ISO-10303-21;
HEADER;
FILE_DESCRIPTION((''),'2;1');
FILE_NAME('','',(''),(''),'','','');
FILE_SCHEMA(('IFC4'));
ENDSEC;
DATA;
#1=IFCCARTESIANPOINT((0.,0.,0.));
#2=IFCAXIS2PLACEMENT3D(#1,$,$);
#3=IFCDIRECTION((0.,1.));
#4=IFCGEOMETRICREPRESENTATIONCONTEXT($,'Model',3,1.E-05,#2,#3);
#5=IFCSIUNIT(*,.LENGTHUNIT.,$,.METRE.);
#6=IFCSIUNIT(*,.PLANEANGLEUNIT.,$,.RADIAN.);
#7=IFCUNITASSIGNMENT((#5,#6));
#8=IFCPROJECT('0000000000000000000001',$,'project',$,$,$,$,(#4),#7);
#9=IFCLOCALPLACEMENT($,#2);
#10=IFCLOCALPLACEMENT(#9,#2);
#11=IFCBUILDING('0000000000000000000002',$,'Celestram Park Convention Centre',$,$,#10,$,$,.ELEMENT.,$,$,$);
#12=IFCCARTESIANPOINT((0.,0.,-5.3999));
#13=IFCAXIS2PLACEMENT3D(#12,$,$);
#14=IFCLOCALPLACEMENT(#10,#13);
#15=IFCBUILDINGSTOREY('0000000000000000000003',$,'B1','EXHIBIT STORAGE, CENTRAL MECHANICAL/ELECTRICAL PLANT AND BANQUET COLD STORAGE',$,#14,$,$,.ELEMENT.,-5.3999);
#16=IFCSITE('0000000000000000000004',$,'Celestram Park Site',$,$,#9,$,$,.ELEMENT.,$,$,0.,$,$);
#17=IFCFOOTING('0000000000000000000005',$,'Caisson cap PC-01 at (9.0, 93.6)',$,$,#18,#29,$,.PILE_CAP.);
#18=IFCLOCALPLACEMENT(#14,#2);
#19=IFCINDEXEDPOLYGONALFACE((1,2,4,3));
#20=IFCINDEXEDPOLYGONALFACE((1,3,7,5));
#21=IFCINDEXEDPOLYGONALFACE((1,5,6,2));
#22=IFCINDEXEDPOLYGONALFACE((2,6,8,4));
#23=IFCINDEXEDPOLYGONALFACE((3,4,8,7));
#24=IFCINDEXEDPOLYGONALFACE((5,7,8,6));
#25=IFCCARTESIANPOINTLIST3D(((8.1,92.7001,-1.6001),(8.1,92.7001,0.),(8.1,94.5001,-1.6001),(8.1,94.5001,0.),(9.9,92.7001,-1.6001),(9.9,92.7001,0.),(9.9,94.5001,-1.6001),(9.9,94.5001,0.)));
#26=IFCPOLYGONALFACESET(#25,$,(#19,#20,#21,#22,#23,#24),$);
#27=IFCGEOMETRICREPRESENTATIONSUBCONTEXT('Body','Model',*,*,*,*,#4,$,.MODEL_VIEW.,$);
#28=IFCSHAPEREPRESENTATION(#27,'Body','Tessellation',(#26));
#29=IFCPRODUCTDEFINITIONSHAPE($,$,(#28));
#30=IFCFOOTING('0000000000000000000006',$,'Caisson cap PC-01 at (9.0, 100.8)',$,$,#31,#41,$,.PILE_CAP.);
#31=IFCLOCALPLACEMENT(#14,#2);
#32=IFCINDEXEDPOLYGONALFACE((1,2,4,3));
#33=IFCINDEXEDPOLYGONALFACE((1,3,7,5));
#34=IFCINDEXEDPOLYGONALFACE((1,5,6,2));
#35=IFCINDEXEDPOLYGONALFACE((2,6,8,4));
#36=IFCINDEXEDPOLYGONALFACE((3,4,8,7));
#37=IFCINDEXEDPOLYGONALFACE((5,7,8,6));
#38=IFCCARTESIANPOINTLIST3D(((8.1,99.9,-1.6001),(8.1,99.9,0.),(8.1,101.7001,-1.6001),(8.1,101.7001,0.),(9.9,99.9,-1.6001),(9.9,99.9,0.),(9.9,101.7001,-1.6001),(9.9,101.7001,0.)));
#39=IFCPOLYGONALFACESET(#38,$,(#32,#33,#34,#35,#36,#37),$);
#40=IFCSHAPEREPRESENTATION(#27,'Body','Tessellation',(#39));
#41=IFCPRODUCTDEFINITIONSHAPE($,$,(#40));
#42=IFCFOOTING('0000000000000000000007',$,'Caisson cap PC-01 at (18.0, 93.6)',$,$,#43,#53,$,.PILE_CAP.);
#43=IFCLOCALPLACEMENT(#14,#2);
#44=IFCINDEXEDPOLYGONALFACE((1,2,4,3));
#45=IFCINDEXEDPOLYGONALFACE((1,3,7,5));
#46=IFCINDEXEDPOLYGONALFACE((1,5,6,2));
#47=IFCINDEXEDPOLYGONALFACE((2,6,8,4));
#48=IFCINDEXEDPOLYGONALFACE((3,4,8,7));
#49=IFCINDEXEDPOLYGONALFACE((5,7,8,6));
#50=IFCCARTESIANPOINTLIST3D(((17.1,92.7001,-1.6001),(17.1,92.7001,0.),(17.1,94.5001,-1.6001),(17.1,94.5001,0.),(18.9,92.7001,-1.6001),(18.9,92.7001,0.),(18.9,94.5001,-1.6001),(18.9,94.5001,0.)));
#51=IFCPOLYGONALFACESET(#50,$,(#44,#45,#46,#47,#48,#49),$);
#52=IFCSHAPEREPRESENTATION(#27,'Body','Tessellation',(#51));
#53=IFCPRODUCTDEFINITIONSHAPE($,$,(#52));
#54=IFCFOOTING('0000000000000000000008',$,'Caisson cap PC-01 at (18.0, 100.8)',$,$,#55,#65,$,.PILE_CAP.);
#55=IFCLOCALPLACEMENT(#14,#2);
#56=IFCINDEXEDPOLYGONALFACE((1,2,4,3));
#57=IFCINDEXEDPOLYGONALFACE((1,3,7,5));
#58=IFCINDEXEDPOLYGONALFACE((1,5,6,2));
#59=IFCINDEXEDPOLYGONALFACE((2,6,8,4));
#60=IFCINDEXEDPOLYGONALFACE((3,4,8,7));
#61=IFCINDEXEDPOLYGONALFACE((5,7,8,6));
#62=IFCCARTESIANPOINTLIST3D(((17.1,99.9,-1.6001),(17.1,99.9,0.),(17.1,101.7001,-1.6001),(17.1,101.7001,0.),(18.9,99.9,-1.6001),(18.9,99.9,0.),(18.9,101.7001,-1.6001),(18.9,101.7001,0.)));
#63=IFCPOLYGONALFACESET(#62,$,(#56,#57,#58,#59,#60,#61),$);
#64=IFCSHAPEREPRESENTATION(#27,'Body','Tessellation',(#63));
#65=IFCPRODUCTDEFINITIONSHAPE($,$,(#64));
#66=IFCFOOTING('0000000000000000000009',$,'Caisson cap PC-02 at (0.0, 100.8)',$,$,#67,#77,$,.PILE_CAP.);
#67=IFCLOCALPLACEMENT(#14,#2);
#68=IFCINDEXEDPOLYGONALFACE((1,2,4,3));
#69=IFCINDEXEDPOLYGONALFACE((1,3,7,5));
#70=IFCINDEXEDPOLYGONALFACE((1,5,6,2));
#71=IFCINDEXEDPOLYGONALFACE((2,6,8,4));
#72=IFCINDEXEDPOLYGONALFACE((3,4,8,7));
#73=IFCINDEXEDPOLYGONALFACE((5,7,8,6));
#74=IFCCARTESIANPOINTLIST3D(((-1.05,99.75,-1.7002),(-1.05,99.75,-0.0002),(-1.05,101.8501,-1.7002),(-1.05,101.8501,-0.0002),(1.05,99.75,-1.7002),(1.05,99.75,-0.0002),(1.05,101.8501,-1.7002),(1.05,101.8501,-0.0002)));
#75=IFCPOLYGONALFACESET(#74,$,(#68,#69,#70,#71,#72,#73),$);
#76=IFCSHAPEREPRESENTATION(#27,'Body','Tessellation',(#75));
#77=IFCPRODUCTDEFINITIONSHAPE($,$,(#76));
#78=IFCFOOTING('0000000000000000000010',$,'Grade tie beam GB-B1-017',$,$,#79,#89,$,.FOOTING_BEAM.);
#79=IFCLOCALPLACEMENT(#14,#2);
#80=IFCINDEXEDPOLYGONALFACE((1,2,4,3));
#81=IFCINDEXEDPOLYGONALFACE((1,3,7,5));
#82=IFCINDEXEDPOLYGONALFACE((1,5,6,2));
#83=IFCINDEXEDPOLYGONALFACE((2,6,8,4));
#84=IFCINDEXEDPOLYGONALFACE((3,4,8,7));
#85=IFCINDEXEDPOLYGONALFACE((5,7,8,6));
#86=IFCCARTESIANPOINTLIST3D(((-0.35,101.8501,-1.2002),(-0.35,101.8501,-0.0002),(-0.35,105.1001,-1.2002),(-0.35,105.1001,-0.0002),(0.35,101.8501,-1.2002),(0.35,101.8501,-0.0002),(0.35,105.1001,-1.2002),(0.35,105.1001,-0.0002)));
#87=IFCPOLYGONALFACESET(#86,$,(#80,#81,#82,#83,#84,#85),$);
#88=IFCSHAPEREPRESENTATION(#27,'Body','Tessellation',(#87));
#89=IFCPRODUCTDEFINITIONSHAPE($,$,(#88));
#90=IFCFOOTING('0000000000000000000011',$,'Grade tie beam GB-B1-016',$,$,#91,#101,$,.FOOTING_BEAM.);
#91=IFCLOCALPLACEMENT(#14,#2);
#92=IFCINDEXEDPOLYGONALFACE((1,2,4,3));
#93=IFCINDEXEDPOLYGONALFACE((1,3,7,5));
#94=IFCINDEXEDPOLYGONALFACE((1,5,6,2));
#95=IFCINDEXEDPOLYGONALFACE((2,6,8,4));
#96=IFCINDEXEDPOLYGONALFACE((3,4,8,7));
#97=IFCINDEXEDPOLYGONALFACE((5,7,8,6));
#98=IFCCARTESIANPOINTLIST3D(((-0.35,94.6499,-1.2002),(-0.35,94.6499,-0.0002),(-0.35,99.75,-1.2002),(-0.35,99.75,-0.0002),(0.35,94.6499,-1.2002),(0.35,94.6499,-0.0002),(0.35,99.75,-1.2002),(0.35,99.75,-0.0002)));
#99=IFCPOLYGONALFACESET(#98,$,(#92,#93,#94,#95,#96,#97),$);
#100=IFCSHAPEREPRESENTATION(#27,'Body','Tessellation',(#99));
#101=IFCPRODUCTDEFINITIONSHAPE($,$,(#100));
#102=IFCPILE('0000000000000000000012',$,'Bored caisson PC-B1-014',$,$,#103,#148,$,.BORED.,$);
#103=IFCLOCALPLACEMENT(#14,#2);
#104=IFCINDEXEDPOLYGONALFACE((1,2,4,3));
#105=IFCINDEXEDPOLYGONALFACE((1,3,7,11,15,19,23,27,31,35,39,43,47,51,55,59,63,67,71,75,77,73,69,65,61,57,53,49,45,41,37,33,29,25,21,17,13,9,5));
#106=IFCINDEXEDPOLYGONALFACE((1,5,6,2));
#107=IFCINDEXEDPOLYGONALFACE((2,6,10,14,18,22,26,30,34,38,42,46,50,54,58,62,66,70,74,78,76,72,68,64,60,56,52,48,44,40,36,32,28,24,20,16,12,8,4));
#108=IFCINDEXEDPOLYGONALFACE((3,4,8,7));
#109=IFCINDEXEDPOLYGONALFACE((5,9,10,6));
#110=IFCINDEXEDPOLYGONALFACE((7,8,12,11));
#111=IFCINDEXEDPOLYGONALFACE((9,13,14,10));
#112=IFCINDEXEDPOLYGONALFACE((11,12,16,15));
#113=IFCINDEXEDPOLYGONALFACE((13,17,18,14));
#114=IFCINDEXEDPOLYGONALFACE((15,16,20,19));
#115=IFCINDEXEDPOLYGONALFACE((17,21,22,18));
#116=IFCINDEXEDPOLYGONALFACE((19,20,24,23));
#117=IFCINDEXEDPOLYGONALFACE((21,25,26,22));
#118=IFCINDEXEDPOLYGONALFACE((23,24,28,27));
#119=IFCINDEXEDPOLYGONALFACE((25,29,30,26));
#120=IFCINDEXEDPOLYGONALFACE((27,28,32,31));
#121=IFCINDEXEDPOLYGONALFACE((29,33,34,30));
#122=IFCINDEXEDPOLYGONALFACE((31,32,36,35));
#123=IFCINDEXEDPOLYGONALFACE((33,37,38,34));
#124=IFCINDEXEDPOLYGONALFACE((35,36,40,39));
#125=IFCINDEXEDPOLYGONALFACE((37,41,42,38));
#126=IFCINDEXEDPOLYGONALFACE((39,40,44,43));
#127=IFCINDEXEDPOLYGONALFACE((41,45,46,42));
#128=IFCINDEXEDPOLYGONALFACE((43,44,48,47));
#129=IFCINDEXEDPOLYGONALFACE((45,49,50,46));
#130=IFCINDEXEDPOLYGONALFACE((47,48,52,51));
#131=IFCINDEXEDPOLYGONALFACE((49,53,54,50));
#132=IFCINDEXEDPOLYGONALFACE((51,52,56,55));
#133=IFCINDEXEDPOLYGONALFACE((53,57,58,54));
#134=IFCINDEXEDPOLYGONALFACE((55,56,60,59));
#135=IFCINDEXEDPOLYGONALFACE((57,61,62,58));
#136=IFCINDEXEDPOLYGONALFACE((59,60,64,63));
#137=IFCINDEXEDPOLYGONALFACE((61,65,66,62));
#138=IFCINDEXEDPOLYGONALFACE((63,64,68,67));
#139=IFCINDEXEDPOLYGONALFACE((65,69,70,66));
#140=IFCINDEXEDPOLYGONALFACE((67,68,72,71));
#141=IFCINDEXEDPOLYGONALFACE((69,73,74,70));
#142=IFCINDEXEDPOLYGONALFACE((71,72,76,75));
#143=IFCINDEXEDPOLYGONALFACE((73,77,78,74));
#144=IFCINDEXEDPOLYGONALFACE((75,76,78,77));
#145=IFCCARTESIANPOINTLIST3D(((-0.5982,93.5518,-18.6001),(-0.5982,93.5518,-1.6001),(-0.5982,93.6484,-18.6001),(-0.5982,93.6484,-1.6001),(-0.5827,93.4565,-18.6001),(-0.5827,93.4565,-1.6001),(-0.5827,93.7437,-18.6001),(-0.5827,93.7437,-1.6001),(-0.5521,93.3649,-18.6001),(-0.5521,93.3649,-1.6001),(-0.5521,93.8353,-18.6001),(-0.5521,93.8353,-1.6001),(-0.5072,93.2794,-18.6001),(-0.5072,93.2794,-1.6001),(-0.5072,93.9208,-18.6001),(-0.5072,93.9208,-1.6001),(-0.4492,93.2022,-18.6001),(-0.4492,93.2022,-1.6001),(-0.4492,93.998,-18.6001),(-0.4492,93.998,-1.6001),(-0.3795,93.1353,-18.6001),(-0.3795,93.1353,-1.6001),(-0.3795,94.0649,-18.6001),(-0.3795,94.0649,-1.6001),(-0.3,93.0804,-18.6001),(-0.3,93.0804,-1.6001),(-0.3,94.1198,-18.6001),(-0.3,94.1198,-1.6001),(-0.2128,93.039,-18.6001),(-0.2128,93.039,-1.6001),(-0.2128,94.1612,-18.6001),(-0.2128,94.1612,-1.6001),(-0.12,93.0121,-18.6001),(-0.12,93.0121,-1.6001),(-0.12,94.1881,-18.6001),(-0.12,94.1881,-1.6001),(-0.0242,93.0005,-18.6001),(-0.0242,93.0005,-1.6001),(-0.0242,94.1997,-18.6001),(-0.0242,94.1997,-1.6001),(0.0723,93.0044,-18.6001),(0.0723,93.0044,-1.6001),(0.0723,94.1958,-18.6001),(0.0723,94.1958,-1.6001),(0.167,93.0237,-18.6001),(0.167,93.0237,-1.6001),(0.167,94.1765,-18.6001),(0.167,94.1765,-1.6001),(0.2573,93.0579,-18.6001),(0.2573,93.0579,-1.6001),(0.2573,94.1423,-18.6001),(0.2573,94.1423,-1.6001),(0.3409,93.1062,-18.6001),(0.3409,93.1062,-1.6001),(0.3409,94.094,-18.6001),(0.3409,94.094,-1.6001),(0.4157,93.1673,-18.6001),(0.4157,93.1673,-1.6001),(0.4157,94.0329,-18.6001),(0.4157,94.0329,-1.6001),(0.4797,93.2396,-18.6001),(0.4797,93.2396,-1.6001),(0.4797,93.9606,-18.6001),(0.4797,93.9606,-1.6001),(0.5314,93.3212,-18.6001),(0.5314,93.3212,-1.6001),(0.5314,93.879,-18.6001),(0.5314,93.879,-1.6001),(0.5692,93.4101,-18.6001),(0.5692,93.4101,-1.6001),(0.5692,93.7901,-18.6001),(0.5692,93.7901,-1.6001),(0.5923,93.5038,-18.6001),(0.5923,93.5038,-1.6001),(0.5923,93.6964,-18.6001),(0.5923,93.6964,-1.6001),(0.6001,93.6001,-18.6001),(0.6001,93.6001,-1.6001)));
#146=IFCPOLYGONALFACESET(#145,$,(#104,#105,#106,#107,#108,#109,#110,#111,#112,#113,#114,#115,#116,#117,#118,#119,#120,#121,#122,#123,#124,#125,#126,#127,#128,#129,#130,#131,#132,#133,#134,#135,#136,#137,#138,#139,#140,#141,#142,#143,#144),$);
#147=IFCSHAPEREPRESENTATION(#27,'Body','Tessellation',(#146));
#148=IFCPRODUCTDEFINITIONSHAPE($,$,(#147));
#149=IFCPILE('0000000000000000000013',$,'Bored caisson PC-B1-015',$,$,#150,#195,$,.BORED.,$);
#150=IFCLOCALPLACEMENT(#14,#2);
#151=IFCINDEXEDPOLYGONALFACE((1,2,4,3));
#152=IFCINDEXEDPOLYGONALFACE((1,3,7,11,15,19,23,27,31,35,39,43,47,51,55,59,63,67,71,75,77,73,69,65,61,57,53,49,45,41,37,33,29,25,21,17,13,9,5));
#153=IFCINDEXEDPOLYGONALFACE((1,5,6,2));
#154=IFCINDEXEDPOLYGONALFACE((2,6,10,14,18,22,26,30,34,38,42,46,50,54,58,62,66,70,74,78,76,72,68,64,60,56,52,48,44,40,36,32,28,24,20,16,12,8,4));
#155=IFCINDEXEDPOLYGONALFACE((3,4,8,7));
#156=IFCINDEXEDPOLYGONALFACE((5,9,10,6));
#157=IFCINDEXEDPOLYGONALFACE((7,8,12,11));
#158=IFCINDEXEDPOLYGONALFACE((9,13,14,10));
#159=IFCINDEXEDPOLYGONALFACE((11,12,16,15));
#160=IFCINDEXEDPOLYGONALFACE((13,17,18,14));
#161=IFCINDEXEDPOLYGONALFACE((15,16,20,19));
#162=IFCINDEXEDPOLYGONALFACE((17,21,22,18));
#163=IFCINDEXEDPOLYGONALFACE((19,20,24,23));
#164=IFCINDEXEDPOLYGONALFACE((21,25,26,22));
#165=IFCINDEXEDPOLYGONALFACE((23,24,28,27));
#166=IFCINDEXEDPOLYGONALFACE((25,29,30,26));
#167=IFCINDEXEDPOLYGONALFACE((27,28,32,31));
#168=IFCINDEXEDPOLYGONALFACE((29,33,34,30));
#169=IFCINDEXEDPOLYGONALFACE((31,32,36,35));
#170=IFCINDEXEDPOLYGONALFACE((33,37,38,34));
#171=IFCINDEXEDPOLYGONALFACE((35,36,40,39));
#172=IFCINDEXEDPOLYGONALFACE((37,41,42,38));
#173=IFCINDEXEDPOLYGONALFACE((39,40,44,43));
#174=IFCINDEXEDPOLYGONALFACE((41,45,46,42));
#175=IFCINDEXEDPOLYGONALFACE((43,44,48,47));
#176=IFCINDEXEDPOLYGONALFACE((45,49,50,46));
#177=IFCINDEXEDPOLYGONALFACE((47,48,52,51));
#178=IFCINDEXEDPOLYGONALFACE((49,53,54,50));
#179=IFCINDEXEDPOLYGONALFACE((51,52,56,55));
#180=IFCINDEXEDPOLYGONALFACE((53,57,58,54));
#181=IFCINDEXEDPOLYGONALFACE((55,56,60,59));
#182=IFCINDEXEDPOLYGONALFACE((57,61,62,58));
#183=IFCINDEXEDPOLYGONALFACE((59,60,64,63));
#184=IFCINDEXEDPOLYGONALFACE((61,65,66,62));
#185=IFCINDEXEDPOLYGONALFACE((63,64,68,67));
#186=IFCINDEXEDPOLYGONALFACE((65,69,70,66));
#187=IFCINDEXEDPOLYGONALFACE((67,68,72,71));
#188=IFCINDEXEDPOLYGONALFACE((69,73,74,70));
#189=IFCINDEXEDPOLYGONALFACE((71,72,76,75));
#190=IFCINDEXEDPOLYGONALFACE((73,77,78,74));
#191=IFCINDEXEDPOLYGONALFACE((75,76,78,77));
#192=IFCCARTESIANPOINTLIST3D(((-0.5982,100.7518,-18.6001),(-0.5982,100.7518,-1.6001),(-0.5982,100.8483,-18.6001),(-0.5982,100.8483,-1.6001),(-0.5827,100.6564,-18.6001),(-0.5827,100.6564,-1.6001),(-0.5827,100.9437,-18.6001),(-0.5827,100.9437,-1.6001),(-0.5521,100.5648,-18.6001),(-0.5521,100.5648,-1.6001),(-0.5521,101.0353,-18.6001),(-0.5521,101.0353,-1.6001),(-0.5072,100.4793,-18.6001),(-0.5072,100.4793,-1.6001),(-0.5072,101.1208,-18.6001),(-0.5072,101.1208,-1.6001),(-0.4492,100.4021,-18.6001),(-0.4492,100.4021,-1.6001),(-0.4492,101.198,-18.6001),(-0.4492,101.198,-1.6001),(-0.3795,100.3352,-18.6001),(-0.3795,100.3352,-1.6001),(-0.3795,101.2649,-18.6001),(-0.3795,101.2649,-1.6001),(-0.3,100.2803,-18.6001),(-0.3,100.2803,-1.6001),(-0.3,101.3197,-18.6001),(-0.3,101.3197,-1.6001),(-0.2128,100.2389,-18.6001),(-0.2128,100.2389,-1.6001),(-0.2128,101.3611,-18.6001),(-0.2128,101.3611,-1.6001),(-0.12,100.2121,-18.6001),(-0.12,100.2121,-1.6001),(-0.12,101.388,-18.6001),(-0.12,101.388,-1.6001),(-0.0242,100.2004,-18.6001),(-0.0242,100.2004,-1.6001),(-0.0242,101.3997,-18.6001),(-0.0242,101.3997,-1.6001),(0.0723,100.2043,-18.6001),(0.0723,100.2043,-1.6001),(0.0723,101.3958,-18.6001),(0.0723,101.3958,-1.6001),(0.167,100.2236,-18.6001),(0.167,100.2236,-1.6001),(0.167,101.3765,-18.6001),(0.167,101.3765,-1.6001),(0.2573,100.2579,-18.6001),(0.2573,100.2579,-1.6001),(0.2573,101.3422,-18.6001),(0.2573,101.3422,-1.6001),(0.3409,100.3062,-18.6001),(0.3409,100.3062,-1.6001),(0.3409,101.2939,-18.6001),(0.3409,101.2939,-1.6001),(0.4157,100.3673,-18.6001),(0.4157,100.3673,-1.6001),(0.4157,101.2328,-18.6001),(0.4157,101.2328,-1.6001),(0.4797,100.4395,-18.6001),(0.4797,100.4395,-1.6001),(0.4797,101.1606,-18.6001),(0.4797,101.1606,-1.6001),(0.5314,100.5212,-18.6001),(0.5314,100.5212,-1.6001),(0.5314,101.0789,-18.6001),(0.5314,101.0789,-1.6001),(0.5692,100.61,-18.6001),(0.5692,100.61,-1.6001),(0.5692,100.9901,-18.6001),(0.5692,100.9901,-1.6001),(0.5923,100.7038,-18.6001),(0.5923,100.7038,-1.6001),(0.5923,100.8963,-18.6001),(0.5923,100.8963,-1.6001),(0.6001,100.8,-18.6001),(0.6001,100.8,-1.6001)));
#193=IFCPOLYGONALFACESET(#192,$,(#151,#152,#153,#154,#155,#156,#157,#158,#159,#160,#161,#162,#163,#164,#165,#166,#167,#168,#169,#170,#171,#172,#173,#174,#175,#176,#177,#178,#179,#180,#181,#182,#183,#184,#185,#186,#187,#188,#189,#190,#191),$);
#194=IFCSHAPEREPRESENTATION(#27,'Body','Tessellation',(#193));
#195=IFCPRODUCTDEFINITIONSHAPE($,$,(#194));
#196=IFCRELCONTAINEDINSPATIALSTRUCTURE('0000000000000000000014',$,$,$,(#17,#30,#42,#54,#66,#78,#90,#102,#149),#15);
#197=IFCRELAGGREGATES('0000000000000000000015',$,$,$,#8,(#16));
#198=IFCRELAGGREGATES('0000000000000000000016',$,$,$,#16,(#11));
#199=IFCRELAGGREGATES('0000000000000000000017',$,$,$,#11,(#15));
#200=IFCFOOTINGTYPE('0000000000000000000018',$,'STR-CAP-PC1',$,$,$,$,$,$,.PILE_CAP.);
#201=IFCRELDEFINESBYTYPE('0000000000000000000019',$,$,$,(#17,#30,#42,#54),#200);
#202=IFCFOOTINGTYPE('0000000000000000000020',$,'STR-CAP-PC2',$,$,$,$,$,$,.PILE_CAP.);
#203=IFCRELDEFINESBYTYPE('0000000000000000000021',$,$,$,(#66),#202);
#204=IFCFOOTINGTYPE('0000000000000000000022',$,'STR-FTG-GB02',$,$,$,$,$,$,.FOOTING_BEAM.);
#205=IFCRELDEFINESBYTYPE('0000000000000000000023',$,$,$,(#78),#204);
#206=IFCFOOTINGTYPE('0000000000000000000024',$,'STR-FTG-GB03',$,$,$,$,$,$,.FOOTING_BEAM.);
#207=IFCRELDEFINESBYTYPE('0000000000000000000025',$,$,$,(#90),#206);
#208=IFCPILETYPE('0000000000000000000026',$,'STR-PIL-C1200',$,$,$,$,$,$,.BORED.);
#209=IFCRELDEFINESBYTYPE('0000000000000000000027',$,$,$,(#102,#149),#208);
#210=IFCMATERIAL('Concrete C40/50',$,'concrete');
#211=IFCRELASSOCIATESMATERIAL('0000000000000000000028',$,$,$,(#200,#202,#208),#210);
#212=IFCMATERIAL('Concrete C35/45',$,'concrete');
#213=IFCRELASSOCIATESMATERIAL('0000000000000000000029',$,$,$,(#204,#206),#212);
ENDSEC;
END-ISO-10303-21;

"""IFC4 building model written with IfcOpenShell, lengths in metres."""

from ifc_helpers import new_model, si_unit, direction, frame, origin, origin_2d, place, context, subcontext, project, spatial, rectangle, circle, extrude, material, material_profile, profile_set, type_object, element, save


model = new_model("IFC4")

# Units and contexts
model_context = context("Model", 3, precision=1e-05, world=origin(), true_north=direction((0.0, 1.0)))
body_context = subcontext(model_context, "Body", "Model", "MODEL_VIEW")
ifc_project = project(units=[si_unit("LENGTHUNIT", "METRE"), si_unit("PLANEANGLEUNIT", "RADIAN")], contexts=[model_context])

# Site, building, storey
site_placement = place(None, origin())
site = spatial("IfcSite", under=ifc_project, at=site_placement, Name="Celestram Park Site", CompositionType="ELEMENT", RefElevation=0.0)
building_placement = place(site_placement, origin())
building = spatial("IfcBuilding", under=site, at=building_placement, Name="Celestram Park Convention Centre", CompositionType="ELEMENT")
storey_placement = place(building_placement, frame((0.0, 0.0, -5.3999)))
storey = spatial("IfcBuildingStorey", under=building, at=storey_placement, Name="B1", Description="EXHIBIT STORAGE, CENTRAL MECHANICAL/ELECTRICAL PLANT AND BANQUET COLD STORAGE", CompositionType="ELEMENT", Elevation=-5.3999)

# Footings
ifc_material_1 = material(Name="Concrete C40/50", Category="concrete")
footing_type_1 = type_object("IfcFootingType", Name="STR-CAP-PC1", PredefinedType="PILE_CAP", material=ifc_material_1)
for number, where, z_axis, x_axis, name in (
    (1, (9.0, 93.6001, -1.6001), (0.0, 0.0, 1.0), (1.0, 0.0, 0.0), "Caisson cap PC-01 at (9.0, 93.6)"),
    (2, (9.0, 100.8, -1.6001), (0.0, 0.0, 1.0), (1.0, 0.0, 0.0), "Caisson cap PC-01 at (9.0, 100.8)"),
    (3, (18.0, 93.6001, -1.6001), (0.0, 0.0, 1.0), (1.0, 0.0, 0.0), "Caisson cap PC-01 at (18.0, 93.6)"),
    (4, (18.0, 100.8, -1.6001), (0.0, 0.0, 1.0), (1.0, 0.0, 0.0), "Caisson cap PC-01 at (18.0, 100.8)"),
):
    element("IfcFooting", number, at=place(storey_placement, frame(where, z_axis=z_axis, x_axis=x_axis)), inside=storey, type_object=footing_type_1, Name=name, PredefinedType="PILE_CAP", context=body_context, shape_type="SweptSolid", body=[
        extrude(rectangle(XDim=1.8, YDim=1.8, at=origin_2d()), origin(), (0.0, 0.0, 1.0), 1.6001),
    ])
footing_type_2 = type_object("IfcFootingType", Name="STR-CAP-PC2", PredefinedType="PILE_CAP", material=ifc_material_1)
footing_1_placement = place(storey_placement, frame((0.0, 100.8, -1.7002), z_axis=(0.0, 0.0, 1.0), x_axis=(1.0, 0.0, 0.0)))
element("IfcFooting", 5, at=footing_1_placement, inside=storey, type_object=footing_type_2, Name="Caisson cap PC-02 at (0.0, 100.8)", PredefinedType="PILE_CAP", context=body_context, shape_type="SweptSolid", body=[
    extrude(rectangle(XDim=2.1001, YDim=2.1001, at=origin_2d()), origin(), (0.0, 0.0, 1.0), 1.7),
])
ifc_material_2 = material(Name="Concrete C35/45", Category="concrete")
footing_type_3 = type_object("IfcFootingType", Name="STR-FTG-GB02", PredefinedType="FOOTING_BEAM", material=ifc_material_2)
footing_2_placement = place(storey_placement, frame((0.0, 103.4751, -1.2002), z_axis=(0.0, 0.0, 1.0), x_axis=(0.0, 1.0, 0.0)))
element("IfcFooting", 6, at=footing_2_placement, inside=storey, type_object=footing_type_3, Name="Grade tie beam GB-B1-017", PredefinedType="FOOTING_BEAM", context=body_context, shape_type="SweptSolid", body=[
    extrude(rectangle(XDim=3.25, YDim=0.7, at=origin_2d()), origin(), (0.0, 0.0, 1.0), 1.2),
])
footing_type_4 = type_object("IfcFootingType", Name="STR-FTG-GB03", PredefinedType="FOOTING_BEAM", material=ifc_material_2)
footing_3_placement = place(storey_placement, frame((0.0, 97.2, -1.2002), z_axis=(0.0, 0.0, 1.0), x_axis=(0.0, 1.0, 0.0)))
element("IfcFooting", 7, at=footing_3_placement, inside=storey, type_object=footing_type_4, Name="Grade tie beam GB-B1-016", PredefinedType="FOOTING_BEAM", context=body_context, shape_type="SweptSolid", body=[
    extrude(rectangle(XDim=5.1001, YDim=0.7, at=origin_2d()), origin(), (0.0, 0.0, 1.0), 1.2),
])

# Piles
ifc_material_profile_1 = material_profile(ifc_material_1, circle(Radius=0.6001, at=origin_2d()), Name="CAISSON1200")
ifc_profile_set_1 = profile_set([ifc_material_profile_1], Name="Concrete C40/50")
pile_type_1 = type_object("IfcPileType", Name="STR-PIL-C1200", PredefinedType="BORED", material=ifc_profile_set_1)
for number, where, z_axis, x_axis, name in (
    (8, (0.0, 93.6001, -1.6001), (0.0, 0.0, -1.0), (1.0, 0.0, 0.0), "Bored caisson PC-B1-014"),
    (9, (0.0, 100.8, -1.6001), (0.0, 0.0, -1.0), (1.0, 0.0, 0.0), "Bored caisson PC-B1-015"),
):
    element("IfcPile", number, at=place(storey_placement, frame(where, z_axis=z_axis, x_axis=x_axis)), inside=storey, type_object=pile_type_1, Name=name, PredefinedType="BORED", context=body_context, shape_type="SweptSolid", body=[
        extrude(circle(Radius=0.6001, at=origin_2d()), origin(), (0.0, 0.0, 1.0), 17.0),
    ])

save(model, "model.ifc")
